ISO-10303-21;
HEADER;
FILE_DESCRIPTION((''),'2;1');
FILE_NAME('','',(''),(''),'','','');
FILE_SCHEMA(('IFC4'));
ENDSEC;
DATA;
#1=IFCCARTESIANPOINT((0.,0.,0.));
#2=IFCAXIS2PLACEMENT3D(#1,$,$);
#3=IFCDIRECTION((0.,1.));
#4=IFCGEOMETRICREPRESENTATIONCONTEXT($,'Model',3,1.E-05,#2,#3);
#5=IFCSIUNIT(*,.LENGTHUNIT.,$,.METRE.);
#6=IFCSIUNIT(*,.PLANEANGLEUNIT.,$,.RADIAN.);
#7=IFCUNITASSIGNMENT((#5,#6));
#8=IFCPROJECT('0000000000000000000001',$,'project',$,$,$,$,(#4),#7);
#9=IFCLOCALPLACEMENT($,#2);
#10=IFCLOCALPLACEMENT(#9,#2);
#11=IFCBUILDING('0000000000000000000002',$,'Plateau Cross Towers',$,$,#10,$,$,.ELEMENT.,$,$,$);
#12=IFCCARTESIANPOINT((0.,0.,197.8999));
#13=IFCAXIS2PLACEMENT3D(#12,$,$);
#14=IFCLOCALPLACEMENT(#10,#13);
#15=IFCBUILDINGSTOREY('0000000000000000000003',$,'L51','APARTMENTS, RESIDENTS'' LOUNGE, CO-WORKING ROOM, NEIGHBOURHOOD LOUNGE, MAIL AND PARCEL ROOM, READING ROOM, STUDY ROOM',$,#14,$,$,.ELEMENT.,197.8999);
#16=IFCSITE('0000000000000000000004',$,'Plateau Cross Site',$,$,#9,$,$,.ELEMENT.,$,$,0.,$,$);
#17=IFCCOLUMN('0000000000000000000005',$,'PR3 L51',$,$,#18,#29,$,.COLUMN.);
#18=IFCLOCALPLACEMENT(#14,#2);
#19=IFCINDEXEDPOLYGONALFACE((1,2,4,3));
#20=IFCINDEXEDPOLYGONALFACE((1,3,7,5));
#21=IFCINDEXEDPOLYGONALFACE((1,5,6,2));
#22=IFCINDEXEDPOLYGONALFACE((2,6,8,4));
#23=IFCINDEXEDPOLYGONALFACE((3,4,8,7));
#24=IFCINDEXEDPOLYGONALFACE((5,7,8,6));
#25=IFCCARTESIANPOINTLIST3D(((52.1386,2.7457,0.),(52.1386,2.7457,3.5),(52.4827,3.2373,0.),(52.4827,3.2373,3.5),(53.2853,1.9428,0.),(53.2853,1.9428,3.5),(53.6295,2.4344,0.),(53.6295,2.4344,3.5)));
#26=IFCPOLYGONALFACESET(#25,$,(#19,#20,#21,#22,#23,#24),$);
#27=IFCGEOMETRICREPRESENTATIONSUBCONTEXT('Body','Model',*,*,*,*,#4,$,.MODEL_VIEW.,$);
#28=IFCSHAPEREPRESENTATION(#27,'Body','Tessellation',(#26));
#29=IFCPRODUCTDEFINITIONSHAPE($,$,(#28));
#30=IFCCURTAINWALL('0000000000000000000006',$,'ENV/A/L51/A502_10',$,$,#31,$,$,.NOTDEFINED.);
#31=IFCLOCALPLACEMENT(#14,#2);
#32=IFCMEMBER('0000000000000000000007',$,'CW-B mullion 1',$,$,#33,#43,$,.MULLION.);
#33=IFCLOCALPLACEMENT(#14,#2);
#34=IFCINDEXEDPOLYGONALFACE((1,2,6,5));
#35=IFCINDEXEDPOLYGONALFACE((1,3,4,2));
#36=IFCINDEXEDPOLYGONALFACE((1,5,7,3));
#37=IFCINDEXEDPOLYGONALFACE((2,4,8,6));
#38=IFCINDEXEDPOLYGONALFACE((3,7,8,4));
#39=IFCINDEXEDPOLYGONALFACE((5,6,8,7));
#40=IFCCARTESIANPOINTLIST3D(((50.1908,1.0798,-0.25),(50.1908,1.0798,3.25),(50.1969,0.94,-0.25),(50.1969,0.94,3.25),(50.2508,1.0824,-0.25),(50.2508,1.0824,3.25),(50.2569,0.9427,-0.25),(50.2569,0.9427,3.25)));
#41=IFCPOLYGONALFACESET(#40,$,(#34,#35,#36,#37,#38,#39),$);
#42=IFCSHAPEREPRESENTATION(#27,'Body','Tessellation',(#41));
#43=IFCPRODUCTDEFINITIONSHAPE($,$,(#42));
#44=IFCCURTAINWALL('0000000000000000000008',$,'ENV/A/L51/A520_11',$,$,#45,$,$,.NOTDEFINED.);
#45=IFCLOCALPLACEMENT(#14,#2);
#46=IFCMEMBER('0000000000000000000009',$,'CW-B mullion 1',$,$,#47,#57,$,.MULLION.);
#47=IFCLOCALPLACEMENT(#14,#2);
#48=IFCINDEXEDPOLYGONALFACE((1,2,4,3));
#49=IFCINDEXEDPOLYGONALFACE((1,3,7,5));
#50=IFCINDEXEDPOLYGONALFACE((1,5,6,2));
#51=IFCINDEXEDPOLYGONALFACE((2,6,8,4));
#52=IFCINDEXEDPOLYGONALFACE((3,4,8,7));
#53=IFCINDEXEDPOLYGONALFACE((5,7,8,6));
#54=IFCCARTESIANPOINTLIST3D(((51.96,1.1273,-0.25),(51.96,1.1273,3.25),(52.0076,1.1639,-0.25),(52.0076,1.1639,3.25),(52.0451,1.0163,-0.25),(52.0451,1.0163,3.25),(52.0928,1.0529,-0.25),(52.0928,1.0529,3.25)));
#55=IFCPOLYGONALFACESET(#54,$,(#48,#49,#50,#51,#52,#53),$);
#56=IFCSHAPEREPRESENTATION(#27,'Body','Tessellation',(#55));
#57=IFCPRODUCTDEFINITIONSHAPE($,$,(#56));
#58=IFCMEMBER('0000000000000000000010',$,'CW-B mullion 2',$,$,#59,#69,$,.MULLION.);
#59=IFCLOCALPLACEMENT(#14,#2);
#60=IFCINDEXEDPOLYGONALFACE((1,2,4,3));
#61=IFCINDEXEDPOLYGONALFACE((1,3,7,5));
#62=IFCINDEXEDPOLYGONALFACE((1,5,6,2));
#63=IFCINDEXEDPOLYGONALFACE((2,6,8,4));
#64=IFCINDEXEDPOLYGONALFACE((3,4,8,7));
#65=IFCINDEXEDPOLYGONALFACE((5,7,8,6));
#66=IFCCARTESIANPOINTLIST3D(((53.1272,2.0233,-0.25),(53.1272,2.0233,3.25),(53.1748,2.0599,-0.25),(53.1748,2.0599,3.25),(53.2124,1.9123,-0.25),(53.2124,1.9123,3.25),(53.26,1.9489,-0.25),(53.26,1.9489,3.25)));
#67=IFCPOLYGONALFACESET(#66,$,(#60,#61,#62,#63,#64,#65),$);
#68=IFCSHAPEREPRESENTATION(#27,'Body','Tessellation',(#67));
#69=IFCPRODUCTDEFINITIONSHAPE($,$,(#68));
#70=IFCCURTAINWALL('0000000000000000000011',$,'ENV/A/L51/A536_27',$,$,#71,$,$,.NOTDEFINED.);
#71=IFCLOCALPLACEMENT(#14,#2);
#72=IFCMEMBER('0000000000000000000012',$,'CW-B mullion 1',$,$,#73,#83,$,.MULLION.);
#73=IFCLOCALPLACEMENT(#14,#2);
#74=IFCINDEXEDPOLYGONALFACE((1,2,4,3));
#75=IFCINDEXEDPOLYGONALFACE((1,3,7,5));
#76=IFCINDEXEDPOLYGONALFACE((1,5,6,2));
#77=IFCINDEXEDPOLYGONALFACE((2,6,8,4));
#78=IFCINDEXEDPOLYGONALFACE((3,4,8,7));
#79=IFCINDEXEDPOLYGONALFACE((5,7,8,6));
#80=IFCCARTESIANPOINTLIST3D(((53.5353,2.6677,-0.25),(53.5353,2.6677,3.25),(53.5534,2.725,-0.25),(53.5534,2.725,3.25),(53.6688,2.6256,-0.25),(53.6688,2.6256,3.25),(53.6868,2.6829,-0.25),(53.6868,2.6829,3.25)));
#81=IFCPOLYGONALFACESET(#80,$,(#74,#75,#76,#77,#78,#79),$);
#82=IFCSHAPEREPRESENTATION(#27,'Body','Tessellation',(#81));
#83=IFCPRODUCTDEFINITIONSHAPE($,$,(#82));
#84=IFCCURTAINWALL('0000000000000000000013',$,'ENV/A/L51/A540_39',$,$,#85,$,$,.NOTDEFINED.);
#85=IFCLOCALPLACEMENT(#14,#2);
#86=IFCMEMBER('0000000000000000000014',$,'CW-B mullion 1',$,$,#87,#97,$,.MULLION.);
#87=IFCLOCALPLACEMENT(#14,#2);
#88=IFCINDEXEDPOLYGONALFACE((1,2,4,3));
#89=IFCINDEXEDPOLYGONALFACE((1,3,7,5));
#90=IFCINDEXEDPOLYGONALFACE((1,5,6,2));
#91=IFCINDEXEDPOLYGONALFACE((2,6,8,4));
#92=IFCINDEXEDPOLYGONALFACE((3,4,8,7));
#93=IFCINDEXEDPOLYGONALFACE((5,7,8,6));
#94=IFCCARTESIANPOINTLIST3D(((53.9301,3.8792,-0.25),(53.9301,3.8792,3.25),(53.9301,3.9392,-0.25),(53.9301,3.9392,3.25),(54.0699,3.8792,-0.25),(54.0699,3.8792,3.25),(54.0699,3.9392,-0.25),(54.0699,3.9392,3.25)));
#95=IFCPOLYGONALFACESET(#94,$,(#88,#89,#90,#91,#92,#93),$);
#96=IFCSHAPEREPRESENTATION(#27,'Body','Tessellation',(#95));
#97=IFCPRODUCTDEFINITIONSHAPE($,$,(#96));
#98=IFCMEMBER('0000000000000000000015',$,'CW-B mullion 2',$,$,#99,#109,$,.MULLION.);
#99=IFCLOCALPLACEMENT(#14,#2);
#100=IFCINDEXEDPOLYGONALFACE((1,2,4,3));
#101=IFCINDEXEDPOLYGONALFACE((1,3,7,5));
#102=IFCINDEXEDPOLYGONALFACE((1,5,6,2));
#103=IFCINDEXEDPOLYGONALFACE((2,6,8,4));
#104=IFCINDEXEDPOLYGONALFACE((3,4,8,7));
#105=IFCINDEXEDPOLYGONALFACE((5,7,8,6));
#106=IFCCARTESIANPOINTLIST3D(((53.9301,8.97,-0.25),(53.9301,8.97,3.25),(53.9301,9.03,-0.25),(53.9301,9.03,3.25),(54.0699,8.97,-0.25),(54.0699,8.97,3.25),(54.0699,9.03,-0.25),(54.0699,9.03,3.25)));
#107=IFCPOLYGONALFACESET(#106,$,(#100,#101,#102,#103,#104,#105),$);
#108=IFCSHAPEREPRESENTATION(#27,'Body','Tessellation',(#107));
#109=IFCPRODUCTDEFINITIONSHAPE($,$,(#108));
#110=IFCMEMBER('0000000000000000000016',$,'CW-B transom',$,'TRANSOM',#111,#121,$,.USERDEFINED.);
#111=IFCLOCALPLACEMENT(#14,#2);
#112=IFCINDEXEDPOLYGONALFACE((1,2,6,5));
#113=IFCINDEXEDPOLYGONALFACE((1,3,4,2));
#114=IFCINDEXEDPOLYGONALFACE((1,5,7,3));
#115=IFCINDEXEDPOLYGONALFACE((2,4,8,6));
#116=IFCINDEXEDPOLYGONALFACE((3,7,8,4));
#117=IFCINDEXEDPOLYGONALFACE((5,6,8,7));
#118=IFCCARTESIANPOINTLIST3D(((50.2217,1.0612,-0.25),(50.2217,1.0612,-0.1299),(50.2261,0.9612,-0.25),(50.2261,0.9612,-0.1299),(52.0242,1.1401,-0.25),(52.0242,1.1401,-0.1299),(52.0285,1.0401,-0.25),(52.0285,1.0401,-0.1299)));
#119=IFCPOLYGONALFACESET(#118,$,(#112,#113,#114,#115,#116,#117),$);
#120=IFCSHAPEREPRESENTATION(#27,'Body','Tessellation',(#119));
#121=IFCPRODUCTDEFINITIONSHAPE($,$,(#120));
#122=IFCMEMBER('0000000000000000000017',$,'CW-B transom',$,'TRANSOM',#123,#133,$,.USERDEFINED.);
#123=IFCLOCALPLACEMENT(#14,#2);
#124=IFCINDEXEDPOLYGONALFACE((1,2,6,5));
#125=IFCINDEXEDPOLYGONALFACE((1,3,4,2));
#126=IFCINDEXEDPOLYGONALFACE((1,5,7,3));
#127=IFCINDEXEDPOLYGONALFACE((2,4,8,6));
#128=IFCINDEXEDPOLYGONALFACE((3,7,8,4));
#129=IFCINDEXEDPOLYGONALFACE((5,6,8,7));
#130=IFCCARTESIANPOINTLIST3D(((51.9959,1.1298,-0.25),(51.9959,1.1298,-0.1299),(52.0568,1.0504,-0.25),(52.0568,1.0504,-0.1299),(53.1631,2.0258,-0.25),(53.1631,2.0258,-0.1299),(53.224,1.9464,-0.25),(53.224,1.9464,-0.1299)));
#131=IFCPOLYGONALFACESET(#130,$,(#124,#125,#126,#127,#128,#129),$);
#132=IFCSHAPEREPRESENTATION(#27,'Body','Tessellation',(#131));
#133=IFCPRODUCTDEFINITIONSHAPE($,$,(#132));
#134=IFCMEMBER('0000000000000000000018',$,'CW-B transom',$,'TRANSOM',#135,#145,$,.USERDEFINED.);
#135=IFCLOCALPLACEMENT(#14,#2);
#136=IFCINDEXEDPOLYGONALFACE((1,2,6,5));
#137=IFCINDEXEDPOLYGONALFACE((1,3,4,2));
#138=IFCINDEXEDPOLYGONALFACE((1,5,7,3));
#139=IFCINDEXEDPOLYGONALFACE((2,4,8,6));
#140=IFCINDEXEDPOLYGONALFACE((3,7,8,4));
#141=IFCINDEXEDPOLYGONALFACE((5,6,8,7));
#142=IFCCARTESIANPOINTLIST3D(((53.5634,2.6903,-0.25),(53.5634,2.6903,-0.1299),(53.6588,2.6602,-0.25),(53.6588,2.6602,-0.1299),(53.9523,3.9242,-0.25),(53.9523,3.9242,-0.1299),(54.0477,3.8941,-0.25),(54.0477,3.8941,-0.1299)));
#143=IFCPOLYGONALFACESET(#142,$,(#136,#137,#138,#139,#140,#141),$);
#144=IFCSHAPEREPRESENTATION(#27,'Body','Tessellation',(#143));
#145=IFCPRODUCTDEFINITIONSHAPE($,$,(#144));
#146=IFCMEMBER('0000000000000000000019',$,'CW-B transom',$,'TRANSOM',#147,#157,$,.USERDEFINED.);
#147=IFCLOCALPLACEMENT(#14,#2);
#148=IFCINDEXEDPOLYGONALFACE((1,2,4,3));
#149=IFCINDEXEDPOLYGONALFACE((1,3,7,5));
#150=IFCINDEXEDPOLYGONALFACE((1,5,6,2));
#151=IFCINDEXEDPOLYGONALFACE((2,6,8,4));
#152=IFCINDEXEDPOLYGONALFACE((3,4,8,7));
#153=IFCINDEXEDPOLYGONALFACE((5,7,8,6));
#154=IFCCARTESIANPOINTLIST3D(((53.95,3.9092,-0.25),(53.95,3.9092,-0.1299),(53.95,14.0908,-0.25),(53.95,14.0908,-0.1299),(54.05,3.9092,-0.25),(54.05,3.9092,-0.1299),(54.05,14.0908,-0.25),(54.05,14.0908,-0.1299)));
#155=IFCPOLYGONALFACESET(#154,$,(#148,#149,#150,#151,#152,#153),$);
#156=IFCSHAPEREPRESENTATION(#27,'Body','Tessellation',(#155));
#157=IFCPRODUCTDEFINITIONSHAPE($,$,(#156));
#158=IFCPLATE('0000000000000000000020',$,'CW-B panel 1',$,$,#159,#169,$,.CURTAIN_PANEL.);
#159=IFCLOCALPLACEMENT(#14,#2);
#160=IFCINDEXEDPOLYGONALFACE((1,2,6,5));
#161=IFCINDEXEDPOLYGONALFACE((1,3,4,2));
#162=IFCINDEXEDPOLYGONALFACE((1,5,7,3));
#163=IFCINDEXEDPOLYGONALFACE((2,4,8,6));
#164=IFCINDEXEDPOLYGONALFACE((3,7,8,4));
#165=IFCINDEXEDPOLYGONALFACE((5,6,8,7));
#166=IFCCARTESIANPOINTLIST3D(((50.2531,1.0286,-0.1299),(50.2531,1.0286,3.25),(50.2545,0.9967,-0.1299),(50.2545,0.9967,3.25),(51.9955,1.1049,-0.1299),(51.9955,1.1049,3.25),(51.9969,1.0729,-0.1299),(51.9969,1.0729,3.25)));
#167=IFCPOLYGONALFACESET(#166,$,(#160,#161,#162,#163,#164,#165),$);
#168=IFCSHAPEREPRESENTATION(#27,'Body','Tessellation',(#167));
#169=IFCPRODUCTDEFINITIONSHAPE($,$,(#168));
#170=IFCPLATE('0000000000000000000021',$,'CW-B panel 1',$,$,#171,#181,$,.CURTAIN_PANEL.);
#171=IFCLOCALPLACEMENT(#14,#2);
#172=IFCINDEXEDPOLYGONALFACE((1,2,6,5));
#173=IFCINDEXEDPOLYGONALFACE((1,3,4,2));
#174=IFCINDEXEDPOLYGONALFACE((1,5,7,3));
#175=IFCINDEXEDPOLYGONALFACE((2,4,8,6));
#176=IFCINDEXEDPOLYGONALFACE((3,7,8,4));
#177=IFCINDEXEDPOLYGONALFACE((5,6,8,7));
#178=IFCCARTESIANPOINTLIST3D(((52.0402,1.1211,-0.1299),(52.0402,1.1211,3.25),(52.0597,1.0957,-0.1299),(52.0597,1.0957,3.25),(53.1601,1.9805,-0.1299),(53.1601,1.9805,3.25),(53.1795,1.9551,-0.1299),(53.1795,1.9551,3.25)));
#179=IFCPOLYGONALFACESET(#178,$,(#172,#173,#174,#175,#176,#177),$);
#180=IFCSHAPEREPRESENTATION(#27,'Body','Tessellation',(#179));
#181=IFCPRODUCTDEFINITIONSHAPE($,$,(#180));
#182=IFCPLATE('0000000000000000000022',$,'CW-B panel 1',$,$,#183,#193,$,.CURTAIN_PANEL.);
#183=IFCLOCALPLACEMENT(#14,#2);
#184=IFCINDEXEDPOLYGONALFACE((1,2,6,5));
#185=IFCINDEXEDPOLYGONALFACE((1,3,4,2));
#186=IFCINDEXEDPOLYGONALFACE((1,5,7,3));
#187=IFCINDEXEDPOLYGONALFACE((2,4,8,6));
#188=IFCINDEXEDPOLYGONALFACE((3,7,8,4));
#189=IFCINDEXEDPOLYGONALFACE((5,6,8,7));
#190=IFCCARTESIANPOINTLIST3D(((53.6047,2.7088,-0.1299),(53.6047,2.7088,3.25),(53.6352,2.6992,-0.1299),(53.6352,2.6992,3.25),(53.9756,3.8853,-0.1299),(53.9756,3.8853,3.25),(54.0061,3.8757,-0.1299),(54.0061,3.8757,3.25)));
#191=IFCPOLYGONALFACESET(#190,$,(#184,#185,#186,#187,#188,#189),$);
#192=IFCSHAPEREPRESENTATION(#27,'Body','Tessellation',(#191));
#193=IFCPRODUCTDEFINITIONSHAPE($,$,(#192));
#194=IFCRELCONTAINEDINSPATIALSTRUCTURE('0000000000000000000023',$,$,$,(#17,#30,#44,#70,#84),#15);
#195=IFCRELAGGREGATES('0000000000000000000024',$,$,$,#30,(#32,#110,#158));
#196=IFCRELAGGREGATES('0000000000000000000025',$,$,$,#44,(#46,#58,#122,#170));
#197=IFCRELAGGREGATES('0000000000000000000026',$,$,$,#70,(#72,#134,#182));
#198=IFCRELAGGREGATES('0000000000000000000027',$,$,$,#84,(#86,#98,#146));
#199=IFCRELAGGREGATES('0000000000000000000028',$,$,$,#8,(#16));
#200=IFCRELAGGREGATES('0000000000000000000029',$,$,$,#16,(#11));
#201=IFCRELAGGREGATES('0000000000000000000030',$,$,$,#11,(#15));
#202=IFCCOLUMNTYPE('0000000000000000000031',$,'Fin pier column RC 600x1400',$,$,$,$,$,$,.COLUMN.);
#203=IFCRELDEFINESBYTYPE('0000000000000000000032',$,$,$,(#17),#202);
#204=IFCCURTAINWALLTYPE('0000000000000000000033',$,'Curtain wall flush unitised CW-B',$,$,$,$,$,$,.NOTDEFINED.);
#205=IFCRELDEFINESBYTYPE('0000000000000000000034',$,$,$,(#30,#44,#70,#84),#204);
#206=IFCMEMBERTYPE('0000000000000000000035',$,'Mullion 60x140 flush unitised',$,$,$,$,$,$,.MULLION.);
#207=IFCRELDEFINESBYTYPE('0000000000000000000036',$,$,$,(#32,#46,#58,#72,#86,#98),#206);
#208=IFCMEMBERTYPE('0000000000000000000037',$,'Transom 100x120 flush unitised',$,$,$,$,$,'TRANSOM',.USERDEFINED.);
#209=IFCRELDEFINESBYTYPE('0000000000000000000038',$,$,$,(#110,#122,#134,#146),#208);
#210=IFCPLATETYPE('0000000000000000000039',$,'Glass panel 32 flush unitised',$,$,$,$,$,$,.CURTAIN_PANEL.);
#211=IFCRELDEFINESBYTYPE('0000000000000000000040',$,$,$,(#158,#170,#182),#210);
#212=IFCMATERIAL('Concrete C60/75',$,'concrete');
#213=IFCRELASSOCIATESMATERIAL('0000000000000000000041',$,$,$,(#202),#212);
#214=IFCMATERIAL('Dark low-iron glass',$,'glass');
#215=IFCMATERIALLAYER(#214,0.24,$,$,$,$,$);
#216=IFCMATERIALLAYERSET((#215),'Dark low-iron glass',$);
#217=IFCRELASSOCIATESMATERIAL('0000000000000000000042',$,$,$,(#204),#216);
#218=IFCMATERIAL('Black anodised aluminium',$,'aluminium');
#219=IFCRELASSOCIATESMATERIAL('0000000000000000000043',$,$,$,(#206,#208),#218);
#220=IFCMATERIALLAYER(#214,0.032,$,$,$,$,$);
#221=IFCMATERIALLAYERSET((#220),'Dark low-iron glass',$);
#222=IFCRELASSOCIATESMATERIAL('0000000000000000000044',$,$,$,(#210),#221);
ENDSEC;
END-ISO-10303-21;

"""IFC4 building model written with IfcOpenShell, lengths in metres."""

from ifc_helpers import new_model, si_unit, direction, frame, origin, origin_2d, place, context, subcontext, project, spatial, rectangle, extrude, material, layer, layer_set, material_profile, profile_set, type_object, element, aggregate, save


model = new_model("IFC4")

# Units and contexts
model_context = context("Model", 3, precision=1e-05, world=origin(), true_north=direction((0.0, 1.0)))
body_context = subcontext(model_context, "Body", "Model", "MODEL_VIEW")
ifc_project = project(units=[si_unit("LENGTHUNIT", "METRE"), si_unit("PLANEANGLEUNIT", "RADIAN")], contexts=[model_context])

# Site, building, storey
site_placement = place(None, origin())
site = spatial("IfcSite", under=ifc_project, at=site_placement, Name="Plateau Cross Site", CompositionType="ELEMENT", RefElevation=0.0)
building_placement = place(site_placement, origin())
building = spatial("IfcBuilding", under=site, at=building_placement, Name="Plateau Cross Towers", CompositionType="ELEMENT")
storey_placement = place(building_placement, frame((0.0, 0.0, 197.8999)))
storey = spatial("IfcBuildingStorey", under=building, at=storey_placement, Name="L51", Description="APARTMENTS, RESIDENTS' LOUNGE, CO-WORKING ROOM, NEIGHBOURHOOD LOUNGE, MAIL AND PARCEL ROOM, READING ROOM, STUDY ROOM", CompositionType="ELEMENT", Elevation=197.8999)

# Column
ifc_material_1 = material(Name="Concrete C60/75", Category="concrete")
ifc_material_profile_1 = material_profile(ifc_material_1, rectangle(XDim=0.6001, YDim=1.3999, at=origin_2d()), Name="RC 600x1400")
ifc_profile_set_1 = profile_set([ifc_material_profile_1], Name="Concrete C60/75")
column_type = type_object("IfcColumnType", Name="Fin pier column RC 600x1400", PredefinedType="COLUMN", material=ifc_profile_set_1)
column_placement = place(storey_placement, frame((52.884, 2.5901, 0.0), z_axis=(0.0, 0.0, 1.0), x_axis=(0.573543, 0.819176, 0.0)))
element("IfcColumn", 1, at=column_placement, inside=storey, type_object=column_type, Name="PR3 L51", PredefinedType="COLUMN", context=body_context, shape_type="SweptSolid", body=[
    extrude(rectangle(XDim=0.6001, YDim=1.3999, at=origin_2d()), origin(), (0.0, 0.0, 1.0), 3.5),
])

# Curtain wall, member
ifc_material_2 = material(Name="Dark low-iron glass", Category="glass")
ifc_layer_1 = layer(ifc_material_2, 0.24)
ifc_layer_set_1 = layer_set([ifc_layer_1], Name="Dark low-iron glass")
curtain_wall_type_1 = type_object("IfcCurtainWallType", Name="Curtain wall flush unitised CW-B", PredefinedType="NOTDEFINED", material=ifc_layer_set_1)
curtain_wall_1_placement = place(storey_placement, origin())
curtain_wall_1 = element("IfcCurtainWall", 2, at=curtain_wall_1_placement, inside=storey, type_object=curtain_wall_type_1, Name="ENV/A/L51/A502_10", PredefinedType="NOTDEFINED")
ifc_material_3 = material(Name="Black anodised aluminium", Category="aluminium")
ifc_material_profile_2 = material_profile(ifc_material_3, rectangle(XDim=0.0601, YDim=0.1399, at=origin_2d()), Name="MULLION 60x140")
ifc_profile_set_2 = profile_set([ifc_material_profile_2], Name="Black anodised aluminium")
member_type_1 = type_object("IfcMemberType", Name="Mullion 60x140 flush unitised", PredefinedType="MULLION", material=ifc_profile_set_2)
member_1_placement = place(storey_placement, frame((50.2239, 1.0112, -0.25), z_axis=(0.0, 0.0, 1.0), x_axis=(0.999044, 0.043723, 0.0)))
member_1 = element("IfcMember", 3, at=member_1_placement, type_object=member_type_1, Name="CW-B mullion 1", PredefinedType="MULLION", context=body_context, shape_type="SweptSolid", body=[
    extrude(rectangle(XDim=0.0601, YDim=0.1399, at=origin_2d()), origin(), (0.0, 0.0, 1.0), 3.5),
])

# Curtain wall, members
curtain_wall_2_placement = place(storey_placement, origin())
curtain_wall_2 = element("IfcCurtainWall", 4, at=curtain_wall_2_placement, inside=storey, type_object=curtain_wall_type_1, Name="ENV/A/L51/A520_11", PredefinedType="NOTDEFINED")
member_2_placement = place(storey_placement, frame((52.0264, 1.0901, -0.25), z_axis=(0.0, 0.0, 1.0), x_axis=(0.793316, 0.608811, 0.0)))
member_2 = element("IfcMember", 5, at=member_2_placement, type_object=member_type_1, Name="CW-B mullion 1", PredefinedType="MULLION", context=body_context, shape_type="SweptSolid", body=[
    extrude(rectangle(XDim=0.0601, YDim=0.1399, at=origin_2d()), origin(), (0.0, 0.0, 1.0), 3.5),
])
member_3_placement = place(storey_placement, frame((53.1936, 1.9861, -0.25), z_axis=(0.0, 0.0, 1.0), x_axis=(0.793316, 0.608811, 0.0)))
member_3 = element("IfcMember", 6, at=member_3_placement, type_object=member_type_1, Name="CW-B mullion 2", PredefinedType="MULLION", context=body_context, shape_type="SweptSolid", body=[
    extrude(rectangle(XDim=0.0601, YDim=0.1399, at=origin_2d()), origin(), (0.0, 0.0, 1.0), 3.5),
])

# Curtain wall, member
curtain_wall_3_placement = place(storey_placement, origin())
curtain_wall_3 = element("IfcCurtainWall", 7, at=curtain_wall_3_placement, inside=storey, type_object=curtain_wall_type_1, Name="ENV/A/L51/A536_27", PredefinedType="NOTDEFINED")
member_4_placement = place(storey_placement, frame((53.6111, 2.6753, -0.25), z_axis=(0.0, 0.0, 1.0), x_axis=(0.300686, 0.953723, 0.0)))
member_4 = element("IfcMember", 8, at=member_4_placement, type_object=member_type_1, Name="CW-B mullion 1", PredefinedType="MULLION", context=body_context, shape_type="SweptSolid", body=[
    extrude(rectangle(XDim=0.0601, YDim=0.1399, at=origin_2d()), origin(), (0.0, 0.0, 1.0), 3.5),
])

# Curtain wall, members
curtain_wall_4_placement = place(storey_placement, origin())
curtain_wall_4 = element("IfcCurtainWall", 9, at=curtain_wall_4_placement, inside=storey, type_object=curtain_wall_type_1, Name="ENV/A/L51/A540_39", PredefinedType="NOTDEFINED")
member_5_placement = place(storey_placement, frame((54.0, 3.9092, -0.25), z_axis=(0.0, 0.0, 1.0), x_axis=(0.0, 1.0, 0.0)))
member_5 = element("IfcMember", 10, at=member_5_placement, type_object=member_type_1, Name="CW-B mullion 1", PredefinedType="MULLION", context=body_context, shape_type="SweptSolid", body=[
    extrude(rectangle(XDim=0.0601, YDim=0.1399, at=origin_2d()), origin(), (0.0, 0.0, 1.0), 3.5),
])
member_6_placement = place(storey_placement, frame((54.0, 9.0, -0.25), z_axis=(0.0, 0.0, 1.0), x_axis=(0.0, 1.0, 0.0)))
member_6 = element("IfcMember", 11, at=member_6_placement, type_object=member_type_1, Name="CW-B mullion 2", PredefinedType="MULLION", context=body_context, shape_type="SweptSolid", body=[
    extrude(rectangle(XDim=0.0601, YDim=0.1399, at=origin_2d()), origin(), (0.0, 0.0, 1.0), 3.5),
])

# Members
ifc_material_profile_3 = material_profile(ifc_material_3, rectangle(XDim=0.1001, YDim=0.1201, at=origin_2d()), Name="TRANSOM 100x120")
ifc_profile_set_3 = profile_set([ifc_material_profile_3], Name="Black anodised aluminium")
member_type_2 = type_object("IfcMemberType", Name="Transom 100x120 flush unitised", ElementType="TRANSOM", PredefinedType="USERDEFINED", material=ifc_profile_set_3)
member_7_placement = place(storey_placement, frame((50.2239, 1.0112, -0.1899), z_axis=(0.999044, 0.043707, 0.0), x_axis=(-0.043707, 0.999044, 0.0)))
member_7 = element("IfcMember", 12, at=member_7_placement, type_object=member_type_2, Name="CW-B transom", ObjectType="TRANSOM", PredefinedType="USERDEFINED", context=body_context, shape_type="SweptSolid", body=[
    extrude(rectangle(XDim=0.1001, YDim=0.1201, at=origin_2d()), origin(), (0.0, 0.0, 1.0), 1.8042),
])
member_8_placement = place(storey_placement, frame((52.0264, 1.0901, -0.1899), z_axis=(0.79324, 0.608909, 0.0), x_axis=(-0.608909, 0.79324, 0.0)))
member_8 = element("IfcMember", 13, at=member_8_placement, type_object=member_type_2, Name="CW-B transom", ObjectType="TRANSOM", PredefinedType="USERDEFINED", context=body_context, shape_type="SweptSolid", body=[
    extrude(rectangle(XDim=0.1001, YDim=0.1201, at=origin_2d()), origin(), (0.0, 0.0, 1.0), 1.4714),
])
member_9_placement = place(storey_placement, frame((53.6111, 2.6753, -0.1899), z_axis=(0.300617, 0.953745, 0.0), x_axis=(-0.953745, 0.300617, 0.0)))
member_9 = element("IfcMember", 14, at=member_9_placement, type_object=member_type_2, Name="CW-B transom", ObjectType="TRANSOM", PredefinedType="USERDEFINED", context=body_context, shape_type="SweptSolid", body=[
    extrude(rectangle(XDim=0.1001, YDim=0.1201, at=origin_2d()), origin(), (0.0, 0.0, 1.0), 1.2937),
])
member_10_placement = place(storey_placement, frame((54.0, 3.9092, -0.1899), z_axis=(0.0, 1.0, 0.0), x_axis=(-1.0, 0.0, 0.0)))
member_10 = element("IfcMember", 15, at=member_10_placement, type_object=member_type_2, Name="CW-B transom", ObjectType="TRANSOM", PredefinedType="USERDEFINED", context=body_context, shape_type="SweptSolid", body=[
    extrude(rectangle(XDim=0.1001, YDim=0.1201, at=origin_2d()), origin(), (0.0, 0.0, 1.0), 10.1816),
])

# Plates
ifc_layer_2 = layer(ifc_material_2, 0.032)
ifc_layer_set_2 = layer_set([ifc_layer_2], Name="Dark low-iron glass")
plate_type_1 = type_object("IfcPlateType", Name="Glass panel 32 flush unitised", PredefinedType="CURTAIN_PANEL", material=ifc_layer_set_2)
plate_1_placement = place(storey_placement, frame((51.125, 1.0508, -0.1299), z_axis=(0.0, 0.0, 1.0), x_axis=(0.999044, 0.043723, 0.0)))
plate_1 = element("IfcPlate", 16, at=plate_1_placement, type_object=plate_type_1, Name="CW-B panel 1", PredefinedType="CURTAIN_PANEL", context=body_context, shape_type="SweptSolid", body=[
    extrude(rectangle(XDim=1.7441, YDim=0.032, at=origin_2d()), origin(), (0.0, 0.0, 1.0), 3.3799),
])
aggregate(curtain_wall_1, [member_1, member_7, plate_1])
plate_2_placement = place(storey_placement, frame((52.6099, 1.5381, -0.1299), z_axis=(0.0, 0.0, 1.0), x_axis=(0.793316, 0.608811, 0.0)))
plate_2 = element("IfcPlate", 17, at=plate_2_placement, type_object=plate_type_1, Name="CW-B panel 1", PredefinedType="CURTAIN_PANEL", context=body_context, shape_type="SweptSolid", body=[
    extrude(rectangle(XDim=1.4116, YDim=0.032, at=origin_2d()), origin(), (0.0, 0.0, 1.0), 3.3799),
])
aggregate(curtain_wall_2, [member_2, member_3, member_8, plate_2])
plate_3_placement = place(storey_placement, frame((53.8054, 3.2922, -0.1299), z_axis=(0.0, 0.0, 1.0), x_axis=(0.300686, 0.953723, 0.0)))
plate_3 = element("IfcPlate", 18, at=plate_3_placement, type_object=plate_type_1, Name="CW-B panel 1", PredefinedType="CURTAIN_PANEL", context=body_context, shape_type="SweptSolid", body=[
    extrude(rectangle(XDim=1.2336, YDim=0.032, at=origin_2d()), origin(), (0.0, 0.0, 1.0), 3.3799),
])
aggregate(curtain_wall_3, [member_4, member_9, plate_3])
aggregate(curtain_wall_4, [member_5, member_6, member_10])

save(model, "model.ifc")
